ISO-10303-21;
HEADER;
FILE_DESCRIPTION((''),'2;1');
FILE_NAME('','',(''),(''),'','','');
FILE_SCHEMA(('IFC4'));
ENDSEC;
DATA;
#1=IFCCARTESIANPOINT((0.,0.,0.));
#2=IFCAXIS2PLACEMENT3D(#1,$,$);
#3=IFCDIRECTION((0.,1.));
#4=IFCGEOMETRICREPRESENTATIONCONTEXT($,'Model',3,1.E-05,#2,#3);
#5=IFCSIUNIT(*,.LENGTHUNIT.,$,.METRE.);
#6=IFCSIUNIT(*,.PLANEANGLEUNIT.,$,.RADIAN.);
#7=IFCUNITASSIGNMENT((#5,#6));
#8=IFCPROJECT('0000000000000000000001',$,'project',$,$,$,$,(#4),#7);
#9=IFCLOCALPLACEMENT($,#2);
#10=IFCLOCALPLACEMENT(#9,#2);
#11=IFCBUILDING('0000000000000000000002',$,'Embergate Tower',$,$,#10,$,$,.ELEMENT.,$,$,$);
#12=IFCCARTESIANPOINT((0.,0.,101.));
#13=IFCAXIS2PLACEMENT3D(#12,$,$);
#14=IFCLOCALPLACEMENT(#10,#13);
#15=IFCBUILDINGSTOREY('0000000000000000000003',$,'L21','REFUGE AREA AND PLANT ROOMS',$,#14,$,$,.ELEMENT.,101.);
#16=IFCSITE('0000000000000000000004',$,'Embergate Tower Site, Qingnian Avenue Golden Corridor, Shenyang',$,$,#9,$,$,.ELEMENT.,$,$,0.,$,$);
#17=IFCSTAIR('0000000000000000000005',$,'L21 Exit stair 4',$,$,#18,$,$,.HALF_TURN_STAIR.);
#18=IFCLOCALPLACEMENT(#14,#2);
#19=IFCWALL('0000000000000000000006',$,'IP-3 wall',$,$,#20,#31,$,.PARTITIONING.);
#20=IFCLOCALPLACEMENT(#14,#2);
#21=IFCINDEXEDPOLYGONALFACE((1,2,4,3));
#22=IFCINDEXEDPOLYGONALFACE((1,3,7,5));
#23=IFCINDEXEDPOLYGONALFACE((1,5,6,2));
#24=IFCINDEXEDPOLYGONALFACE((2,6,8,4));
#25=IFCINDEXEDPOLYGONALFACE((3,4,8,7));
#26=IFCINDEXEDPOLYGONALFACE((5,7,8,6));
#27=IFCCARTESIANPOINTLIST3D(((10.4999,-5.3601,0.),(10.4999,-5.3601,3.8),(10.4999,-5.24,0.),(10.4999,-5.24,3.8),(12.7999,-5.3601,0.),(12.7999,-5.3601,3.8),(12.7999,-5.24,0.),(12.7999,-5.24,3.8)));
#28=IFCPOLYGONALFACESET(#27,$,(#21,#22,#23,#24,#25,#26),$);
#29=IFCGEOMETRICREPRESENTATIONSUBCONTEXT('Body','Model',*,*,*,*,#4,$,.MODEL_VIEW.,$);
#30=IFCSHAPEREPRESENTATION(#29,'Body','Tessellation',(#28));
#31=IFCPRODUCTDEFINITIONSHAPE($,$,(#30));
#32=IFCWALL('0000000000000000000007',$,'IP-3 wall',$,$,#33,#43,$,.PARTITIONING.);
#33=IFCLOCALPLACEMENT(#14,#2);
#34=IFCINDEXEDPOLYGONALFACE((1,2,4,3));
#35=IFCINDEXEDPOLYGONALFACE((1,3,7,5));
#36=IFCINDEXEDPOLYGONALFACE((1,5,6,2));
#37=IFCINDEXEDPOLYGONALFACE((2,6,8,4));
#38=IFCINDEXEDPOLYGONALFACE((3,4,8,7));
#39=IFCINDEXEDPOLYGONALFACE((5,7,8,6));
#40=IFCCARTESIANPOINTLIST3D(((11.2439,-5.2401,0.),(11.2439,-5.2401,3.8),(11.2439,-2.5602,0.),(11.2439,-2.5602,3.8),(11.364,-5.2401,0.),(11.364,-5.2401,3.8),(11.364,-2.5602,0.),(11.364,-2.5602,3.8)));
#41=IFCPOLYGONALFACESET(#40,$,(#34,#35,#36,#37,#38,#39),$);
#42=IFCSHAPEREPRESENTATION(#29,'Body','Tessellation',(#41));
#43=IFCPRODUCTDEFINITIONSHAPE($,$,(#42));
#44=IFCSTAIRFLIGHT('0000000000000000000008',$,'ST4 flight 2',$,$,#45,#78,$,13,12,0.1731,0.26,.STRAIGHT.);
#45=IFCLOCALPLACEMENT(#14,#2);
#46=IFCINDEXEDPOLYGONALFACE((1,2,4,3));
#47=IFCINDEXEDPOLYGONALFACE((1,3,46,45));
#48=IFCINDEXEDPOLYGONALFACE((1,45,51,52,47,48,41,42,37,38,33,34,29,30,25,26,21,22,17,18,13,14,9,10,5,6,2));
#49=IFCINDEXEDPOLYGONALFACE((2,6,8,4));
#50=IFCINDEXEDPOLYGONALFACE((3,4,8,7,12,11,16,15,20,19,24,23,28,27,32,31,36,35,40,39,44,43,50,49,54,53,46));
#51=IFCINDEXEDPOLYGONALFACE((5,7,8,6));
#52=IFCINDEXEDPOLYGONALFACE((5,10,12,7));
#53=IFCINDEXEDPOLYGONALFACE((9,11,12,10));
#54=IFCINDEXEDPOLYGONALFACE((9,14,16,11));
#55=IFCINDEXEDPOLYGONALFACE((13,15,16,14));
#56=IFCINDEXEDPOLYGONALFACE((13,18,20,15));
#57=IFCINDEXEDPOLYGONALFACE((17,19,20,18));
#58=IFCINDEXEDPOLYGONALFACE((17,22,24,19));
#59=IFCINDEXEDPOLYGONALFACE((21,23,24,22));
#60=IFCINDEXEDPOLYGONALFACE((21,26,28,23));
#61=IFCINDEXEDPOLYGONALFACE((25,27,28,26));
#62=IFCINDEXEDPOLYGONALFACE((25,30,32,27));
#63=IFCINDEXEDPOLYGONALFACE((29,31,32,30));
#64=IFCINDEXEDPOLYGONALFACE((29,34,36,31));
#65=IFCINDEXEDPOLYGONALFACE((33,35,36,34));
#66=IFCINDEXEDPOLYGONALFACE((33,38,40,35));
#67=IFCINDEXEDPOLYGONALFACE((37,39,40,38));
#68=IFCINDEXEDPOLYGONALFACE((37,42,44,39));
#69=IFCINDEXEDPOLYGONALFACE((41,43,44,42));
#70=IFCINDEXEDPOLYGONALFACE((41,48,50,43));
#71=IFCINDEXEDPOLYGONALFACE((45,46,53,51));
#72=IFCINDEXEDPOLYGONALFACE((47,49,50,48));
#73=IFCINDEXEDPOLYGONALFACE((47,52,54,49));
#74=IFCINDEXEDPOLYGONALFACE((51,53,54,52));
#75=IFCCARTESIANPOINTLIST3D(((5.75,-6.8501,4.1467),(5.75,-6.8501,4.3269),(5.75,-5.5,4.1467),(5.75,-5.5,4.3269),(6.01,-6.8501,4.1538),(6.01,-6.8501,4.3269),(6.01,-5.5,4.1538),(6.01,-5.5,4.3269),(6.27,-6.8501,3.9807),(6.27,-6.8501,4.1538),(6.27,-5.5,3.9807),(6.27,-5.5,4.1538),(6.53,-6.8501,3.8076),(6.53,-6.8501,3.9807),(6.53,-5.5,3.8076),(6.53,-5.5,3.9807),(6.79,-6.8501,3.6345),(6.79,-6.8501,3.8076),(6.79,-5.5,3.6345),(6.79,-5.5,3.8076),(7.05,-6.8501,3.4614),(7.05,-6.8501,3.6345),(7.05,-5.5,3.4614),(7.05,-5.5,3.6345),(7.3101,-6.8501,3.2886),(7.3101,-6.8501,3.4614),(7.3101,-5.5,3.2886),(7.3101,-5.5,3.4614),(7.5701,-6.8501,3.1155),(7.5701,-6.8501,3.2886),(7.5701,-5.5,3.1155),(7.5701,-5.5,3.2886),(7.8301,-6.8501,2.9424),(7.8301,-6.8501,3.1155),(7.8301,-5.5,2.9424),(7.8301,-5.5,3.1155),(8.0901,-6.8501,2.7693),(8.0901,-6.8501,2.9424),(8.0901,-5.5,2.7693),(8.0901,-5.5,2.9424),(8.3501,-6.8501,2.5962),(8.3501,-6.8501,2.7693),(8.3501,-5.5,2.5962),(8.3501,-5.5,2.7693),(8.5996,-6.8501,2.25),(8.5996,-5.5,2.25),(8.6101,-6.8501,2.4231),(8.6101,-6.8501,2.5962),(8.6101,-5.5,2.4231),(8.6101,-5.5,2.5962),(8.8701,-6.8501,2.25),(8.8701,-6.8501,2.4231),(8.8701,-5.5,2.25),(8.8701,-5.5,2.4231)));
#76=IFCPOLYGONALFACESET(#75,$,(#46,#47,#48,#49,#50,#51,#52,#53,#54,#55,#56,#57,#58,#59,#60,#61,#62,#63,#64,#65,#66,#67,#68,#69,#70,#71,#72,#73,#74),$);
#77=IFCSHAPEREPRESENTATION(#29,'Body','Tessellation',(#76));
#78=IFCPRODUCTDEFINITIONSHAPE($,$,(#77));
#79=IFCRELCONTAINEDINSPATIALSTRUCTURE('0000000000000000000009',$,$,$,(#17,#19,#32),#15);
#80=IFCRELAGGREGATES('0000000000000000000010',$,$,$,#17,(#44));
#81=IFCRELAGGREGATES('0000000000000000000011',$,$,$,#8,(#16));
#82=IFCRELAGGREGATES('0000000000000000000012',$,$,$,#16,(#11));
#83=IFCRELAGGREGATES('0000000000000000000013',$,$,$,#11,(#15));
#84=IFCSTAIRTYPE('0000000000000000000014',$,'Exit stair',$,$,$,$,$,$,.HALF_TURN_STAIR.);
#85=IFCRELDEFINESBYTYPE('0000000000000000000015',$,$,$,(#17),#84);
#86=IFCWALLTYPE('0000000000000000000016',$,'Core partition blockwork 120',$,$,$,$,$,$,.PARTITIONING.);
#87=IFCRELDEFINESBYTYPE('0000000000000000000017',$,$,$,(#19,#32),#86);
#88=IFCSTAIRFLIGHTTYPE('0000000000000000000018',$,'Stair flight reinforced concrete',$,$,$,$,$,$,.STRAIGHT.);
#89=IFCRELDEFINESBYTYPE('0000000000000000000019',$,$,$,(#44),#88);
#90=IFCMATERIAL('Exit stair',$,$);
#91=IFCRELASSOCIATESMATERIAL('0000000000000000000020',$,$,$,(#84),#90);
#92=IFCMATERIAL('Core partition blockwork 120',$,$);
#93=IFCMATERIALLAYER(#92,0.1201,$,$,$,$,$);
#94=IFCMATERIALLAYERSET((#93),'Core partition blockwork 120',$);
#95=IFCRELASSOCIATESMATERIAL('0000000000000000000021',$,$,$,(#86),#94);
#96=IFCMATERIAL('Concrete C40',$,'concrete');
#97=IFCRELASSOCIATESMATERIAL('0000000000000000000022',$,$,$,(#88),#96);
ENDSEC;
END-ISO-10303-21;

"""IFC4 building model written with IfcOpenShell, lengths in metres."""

from ifc_helpers import new_model, si_unit, direction, frame, frame_2d, origin, place, context, subcontext, project, spatial, polyline, rectangle, outline, extrude, source, transform, mapped, material, layer, layer_set, type_object, element, aggregate, save


model = new_model("IFC4")

# Units and contexts
model_context = context("Model", 3, precision=1e-05, world=origin(), true_north=direction((0.0, 1.0)))
body_context = subcontext(model_context, "Body", "Model", "MODEL_VIEW")
ifc_project = project(units=[si_unit("LENGTHUNIT", "METRE"), si_unit("PLANEANGLEUNIT", "RADIAN")], contexts=[model_context])

# Site, building, storey
site_placement = place(None, origin())
site = spatial("IfcSite", under=ifc_project, at=site_placement, Name="Embergate Tower Site, Qingnian Avenue Golden Corridor, Shenyang", CompositionType="ELEMENT", RefElevation=0.0)
building_placement = place(site_placement, origin())
building = spatial("IfcBuilding", under=site, at=building_placement, Name="Embergate Tower", CompositionType="ELEMENT")
storey_placement = place(building_placement, frame((0.0, 0.0, 101.0)))
storey = spatial("IfcBuildingStorey", under=building, at=storey_placement, Name="L21", Description="REFUGE AREA AND PLANT ROOMS", CompositionType="ELEMENT", Elevation=101.0)

# Stair
ifc_material_1 = material(Name="Exit stair")
stair_type = type_object("IfcStairType", Name="Exit stair", PredefinedType="HALF_TURN_STAIR", material=ifc_material_1)
stair_placement = place(storey_placement, origin())
stair = element("IfcStair", 1, at=stair_placement, inside=storey, type_object=stair_type, Name="L21 Exit stair 4", PredefinedType="HALF_TURN_STAIR")
ifc_material_2 = material(Name="Concrete C40", Category="concrete")

# Shared definitions
ifc_material_3 = material(Name="Core partition blockwork 120")
ifc_layer_1 = layer(ifc_material_3, 0.1201)
ifc_layer_set_1 = layer_set([ifc_layer_1], Name="Core partition blockwork 120")
wall_type_1 = type_object("IfcWallType", Name="Core partition blockwork 120", PredefinedType="PARTITIONING", material=ifc_layer_set_1)

# Shared definitions
shared_shape_1 = source(origin(), body_context, "Body", "SweptSolid", [
    extrude(rectangle(XDim=2.3, YDim=0.1201, at=frame_2d((1.1499, 0.0))), origin(), (0.0, 0.0, 1.0), 3.8),
])

# Walls
wall_1_placement = place(storey_placement, frame((10.5, -5.3, 0.0), z_axis=(0.0, 0.0, 1.0), x_axis=(1.0, 0.0, 0.0)))
element("IfcWall", 2, at=wall_1_placement, inside=storey, type_object=wall_type_1, Name="IP-3 wall", PredefinedType="PARTITIONING", context=body_context, shape_type="MappedRepresentation", body=[
    mapped(shared_shape_1, transform((0.0, 0.0, 0.0))),
])
shared_shape_2 = source(origin(), body_context, "Body", "SweptSolid", [
    extrude(rectangle(XDim=2.6799, YDim=0.1201, at=frame_2d((1.3398, 0.0))), origin(), (0.0, 0.0, 1.0), 3.8),
])
wall_2_placement = place(storey_placement, frame((11.304, -5.24, 0.0), z_axis=(0.0, 0.0, 1.0), x_axis=(0.0, 1.0, 0.0)))
element("IfcWall", 3, at=wall_2_placement, inside=storey, type_object=wall_type_1, Name="IP-3 wall", PredefinedType="PARTITIONING", context=body_context, shape_type="MappedRepresentation", body=[
    mapped(shared_shape_2, transform((0.0, 0.0, 0.0))),
])

# Stair flight
stair_flight_type = type_object("IfcStairFlightType", Name="Stair flight reinforced concrete", PredefinedType="STRAIGHT", material=ifc_material_2)
shared_shape_3 = source(origin(), body_context, "Body", "SweptSolid", [
    extrude(outline(polyline([(0.0, 0.0), (0.0, 0.1731), (0.26, 0.1731), (0.26, 0.3462), (0.52, 0.3462), (0.52, 0.5193), (0.78, 0.5193), (0.78, 0.6924), (1.04, 0.6924), (1.04, 0.8655), (1.3, 0.8655), (1.3, 1.0386), (1.5601, 1.0386), (1.5601, 1.2114), (1.8201, 1.2114), (1.8201, 1.3845), (2.0801, 1.3845), (2.0801, 1.5576), (2.3401, 1.5576), (2.3401, 1.7307), (2.6001, 1.7307), (2.6001, 1.9038), (2.8601, 1.9038), (2.8601, 2.0769), (3.1201, 2.0769), (3.1201, 2.25), (3.1201, 1.8967), (0.2705, 0.0), (0.0, 0.0)])), frame((0.0, 0.675, 0.0), z_axis=(0.0, -1.0, 0.0), x_axis=(1.0, 0.0, 0.0)), (0.0, 0.0, 1.0), 1.3501),
])
stair_flight_placement = place(storey_placement, frame((8.8701, -6.175, 2.25), z_axis=(0.0, 0.0, 1.0), x_axis=(-1.0, 0.0, 0.0)))
stair_flight = element("IfcStairFlight", 4, at=stair_flight_placement, type_object=stair_flight_type, Name="ST4 flight 2", NumberOfRisers=13, NumberOfTreads=12, PredefinedType="STRAIGHT", RiserHeight=0.1731, TreadLength=0.26, context=body_context, shape_type="MappedRepresentation", body=[
    mapped(shared_shape_3, transform((0.0, 0.0, 0.0))),
])
aggregate(stair, [stair_flight])

save(model, "model.ifc")
